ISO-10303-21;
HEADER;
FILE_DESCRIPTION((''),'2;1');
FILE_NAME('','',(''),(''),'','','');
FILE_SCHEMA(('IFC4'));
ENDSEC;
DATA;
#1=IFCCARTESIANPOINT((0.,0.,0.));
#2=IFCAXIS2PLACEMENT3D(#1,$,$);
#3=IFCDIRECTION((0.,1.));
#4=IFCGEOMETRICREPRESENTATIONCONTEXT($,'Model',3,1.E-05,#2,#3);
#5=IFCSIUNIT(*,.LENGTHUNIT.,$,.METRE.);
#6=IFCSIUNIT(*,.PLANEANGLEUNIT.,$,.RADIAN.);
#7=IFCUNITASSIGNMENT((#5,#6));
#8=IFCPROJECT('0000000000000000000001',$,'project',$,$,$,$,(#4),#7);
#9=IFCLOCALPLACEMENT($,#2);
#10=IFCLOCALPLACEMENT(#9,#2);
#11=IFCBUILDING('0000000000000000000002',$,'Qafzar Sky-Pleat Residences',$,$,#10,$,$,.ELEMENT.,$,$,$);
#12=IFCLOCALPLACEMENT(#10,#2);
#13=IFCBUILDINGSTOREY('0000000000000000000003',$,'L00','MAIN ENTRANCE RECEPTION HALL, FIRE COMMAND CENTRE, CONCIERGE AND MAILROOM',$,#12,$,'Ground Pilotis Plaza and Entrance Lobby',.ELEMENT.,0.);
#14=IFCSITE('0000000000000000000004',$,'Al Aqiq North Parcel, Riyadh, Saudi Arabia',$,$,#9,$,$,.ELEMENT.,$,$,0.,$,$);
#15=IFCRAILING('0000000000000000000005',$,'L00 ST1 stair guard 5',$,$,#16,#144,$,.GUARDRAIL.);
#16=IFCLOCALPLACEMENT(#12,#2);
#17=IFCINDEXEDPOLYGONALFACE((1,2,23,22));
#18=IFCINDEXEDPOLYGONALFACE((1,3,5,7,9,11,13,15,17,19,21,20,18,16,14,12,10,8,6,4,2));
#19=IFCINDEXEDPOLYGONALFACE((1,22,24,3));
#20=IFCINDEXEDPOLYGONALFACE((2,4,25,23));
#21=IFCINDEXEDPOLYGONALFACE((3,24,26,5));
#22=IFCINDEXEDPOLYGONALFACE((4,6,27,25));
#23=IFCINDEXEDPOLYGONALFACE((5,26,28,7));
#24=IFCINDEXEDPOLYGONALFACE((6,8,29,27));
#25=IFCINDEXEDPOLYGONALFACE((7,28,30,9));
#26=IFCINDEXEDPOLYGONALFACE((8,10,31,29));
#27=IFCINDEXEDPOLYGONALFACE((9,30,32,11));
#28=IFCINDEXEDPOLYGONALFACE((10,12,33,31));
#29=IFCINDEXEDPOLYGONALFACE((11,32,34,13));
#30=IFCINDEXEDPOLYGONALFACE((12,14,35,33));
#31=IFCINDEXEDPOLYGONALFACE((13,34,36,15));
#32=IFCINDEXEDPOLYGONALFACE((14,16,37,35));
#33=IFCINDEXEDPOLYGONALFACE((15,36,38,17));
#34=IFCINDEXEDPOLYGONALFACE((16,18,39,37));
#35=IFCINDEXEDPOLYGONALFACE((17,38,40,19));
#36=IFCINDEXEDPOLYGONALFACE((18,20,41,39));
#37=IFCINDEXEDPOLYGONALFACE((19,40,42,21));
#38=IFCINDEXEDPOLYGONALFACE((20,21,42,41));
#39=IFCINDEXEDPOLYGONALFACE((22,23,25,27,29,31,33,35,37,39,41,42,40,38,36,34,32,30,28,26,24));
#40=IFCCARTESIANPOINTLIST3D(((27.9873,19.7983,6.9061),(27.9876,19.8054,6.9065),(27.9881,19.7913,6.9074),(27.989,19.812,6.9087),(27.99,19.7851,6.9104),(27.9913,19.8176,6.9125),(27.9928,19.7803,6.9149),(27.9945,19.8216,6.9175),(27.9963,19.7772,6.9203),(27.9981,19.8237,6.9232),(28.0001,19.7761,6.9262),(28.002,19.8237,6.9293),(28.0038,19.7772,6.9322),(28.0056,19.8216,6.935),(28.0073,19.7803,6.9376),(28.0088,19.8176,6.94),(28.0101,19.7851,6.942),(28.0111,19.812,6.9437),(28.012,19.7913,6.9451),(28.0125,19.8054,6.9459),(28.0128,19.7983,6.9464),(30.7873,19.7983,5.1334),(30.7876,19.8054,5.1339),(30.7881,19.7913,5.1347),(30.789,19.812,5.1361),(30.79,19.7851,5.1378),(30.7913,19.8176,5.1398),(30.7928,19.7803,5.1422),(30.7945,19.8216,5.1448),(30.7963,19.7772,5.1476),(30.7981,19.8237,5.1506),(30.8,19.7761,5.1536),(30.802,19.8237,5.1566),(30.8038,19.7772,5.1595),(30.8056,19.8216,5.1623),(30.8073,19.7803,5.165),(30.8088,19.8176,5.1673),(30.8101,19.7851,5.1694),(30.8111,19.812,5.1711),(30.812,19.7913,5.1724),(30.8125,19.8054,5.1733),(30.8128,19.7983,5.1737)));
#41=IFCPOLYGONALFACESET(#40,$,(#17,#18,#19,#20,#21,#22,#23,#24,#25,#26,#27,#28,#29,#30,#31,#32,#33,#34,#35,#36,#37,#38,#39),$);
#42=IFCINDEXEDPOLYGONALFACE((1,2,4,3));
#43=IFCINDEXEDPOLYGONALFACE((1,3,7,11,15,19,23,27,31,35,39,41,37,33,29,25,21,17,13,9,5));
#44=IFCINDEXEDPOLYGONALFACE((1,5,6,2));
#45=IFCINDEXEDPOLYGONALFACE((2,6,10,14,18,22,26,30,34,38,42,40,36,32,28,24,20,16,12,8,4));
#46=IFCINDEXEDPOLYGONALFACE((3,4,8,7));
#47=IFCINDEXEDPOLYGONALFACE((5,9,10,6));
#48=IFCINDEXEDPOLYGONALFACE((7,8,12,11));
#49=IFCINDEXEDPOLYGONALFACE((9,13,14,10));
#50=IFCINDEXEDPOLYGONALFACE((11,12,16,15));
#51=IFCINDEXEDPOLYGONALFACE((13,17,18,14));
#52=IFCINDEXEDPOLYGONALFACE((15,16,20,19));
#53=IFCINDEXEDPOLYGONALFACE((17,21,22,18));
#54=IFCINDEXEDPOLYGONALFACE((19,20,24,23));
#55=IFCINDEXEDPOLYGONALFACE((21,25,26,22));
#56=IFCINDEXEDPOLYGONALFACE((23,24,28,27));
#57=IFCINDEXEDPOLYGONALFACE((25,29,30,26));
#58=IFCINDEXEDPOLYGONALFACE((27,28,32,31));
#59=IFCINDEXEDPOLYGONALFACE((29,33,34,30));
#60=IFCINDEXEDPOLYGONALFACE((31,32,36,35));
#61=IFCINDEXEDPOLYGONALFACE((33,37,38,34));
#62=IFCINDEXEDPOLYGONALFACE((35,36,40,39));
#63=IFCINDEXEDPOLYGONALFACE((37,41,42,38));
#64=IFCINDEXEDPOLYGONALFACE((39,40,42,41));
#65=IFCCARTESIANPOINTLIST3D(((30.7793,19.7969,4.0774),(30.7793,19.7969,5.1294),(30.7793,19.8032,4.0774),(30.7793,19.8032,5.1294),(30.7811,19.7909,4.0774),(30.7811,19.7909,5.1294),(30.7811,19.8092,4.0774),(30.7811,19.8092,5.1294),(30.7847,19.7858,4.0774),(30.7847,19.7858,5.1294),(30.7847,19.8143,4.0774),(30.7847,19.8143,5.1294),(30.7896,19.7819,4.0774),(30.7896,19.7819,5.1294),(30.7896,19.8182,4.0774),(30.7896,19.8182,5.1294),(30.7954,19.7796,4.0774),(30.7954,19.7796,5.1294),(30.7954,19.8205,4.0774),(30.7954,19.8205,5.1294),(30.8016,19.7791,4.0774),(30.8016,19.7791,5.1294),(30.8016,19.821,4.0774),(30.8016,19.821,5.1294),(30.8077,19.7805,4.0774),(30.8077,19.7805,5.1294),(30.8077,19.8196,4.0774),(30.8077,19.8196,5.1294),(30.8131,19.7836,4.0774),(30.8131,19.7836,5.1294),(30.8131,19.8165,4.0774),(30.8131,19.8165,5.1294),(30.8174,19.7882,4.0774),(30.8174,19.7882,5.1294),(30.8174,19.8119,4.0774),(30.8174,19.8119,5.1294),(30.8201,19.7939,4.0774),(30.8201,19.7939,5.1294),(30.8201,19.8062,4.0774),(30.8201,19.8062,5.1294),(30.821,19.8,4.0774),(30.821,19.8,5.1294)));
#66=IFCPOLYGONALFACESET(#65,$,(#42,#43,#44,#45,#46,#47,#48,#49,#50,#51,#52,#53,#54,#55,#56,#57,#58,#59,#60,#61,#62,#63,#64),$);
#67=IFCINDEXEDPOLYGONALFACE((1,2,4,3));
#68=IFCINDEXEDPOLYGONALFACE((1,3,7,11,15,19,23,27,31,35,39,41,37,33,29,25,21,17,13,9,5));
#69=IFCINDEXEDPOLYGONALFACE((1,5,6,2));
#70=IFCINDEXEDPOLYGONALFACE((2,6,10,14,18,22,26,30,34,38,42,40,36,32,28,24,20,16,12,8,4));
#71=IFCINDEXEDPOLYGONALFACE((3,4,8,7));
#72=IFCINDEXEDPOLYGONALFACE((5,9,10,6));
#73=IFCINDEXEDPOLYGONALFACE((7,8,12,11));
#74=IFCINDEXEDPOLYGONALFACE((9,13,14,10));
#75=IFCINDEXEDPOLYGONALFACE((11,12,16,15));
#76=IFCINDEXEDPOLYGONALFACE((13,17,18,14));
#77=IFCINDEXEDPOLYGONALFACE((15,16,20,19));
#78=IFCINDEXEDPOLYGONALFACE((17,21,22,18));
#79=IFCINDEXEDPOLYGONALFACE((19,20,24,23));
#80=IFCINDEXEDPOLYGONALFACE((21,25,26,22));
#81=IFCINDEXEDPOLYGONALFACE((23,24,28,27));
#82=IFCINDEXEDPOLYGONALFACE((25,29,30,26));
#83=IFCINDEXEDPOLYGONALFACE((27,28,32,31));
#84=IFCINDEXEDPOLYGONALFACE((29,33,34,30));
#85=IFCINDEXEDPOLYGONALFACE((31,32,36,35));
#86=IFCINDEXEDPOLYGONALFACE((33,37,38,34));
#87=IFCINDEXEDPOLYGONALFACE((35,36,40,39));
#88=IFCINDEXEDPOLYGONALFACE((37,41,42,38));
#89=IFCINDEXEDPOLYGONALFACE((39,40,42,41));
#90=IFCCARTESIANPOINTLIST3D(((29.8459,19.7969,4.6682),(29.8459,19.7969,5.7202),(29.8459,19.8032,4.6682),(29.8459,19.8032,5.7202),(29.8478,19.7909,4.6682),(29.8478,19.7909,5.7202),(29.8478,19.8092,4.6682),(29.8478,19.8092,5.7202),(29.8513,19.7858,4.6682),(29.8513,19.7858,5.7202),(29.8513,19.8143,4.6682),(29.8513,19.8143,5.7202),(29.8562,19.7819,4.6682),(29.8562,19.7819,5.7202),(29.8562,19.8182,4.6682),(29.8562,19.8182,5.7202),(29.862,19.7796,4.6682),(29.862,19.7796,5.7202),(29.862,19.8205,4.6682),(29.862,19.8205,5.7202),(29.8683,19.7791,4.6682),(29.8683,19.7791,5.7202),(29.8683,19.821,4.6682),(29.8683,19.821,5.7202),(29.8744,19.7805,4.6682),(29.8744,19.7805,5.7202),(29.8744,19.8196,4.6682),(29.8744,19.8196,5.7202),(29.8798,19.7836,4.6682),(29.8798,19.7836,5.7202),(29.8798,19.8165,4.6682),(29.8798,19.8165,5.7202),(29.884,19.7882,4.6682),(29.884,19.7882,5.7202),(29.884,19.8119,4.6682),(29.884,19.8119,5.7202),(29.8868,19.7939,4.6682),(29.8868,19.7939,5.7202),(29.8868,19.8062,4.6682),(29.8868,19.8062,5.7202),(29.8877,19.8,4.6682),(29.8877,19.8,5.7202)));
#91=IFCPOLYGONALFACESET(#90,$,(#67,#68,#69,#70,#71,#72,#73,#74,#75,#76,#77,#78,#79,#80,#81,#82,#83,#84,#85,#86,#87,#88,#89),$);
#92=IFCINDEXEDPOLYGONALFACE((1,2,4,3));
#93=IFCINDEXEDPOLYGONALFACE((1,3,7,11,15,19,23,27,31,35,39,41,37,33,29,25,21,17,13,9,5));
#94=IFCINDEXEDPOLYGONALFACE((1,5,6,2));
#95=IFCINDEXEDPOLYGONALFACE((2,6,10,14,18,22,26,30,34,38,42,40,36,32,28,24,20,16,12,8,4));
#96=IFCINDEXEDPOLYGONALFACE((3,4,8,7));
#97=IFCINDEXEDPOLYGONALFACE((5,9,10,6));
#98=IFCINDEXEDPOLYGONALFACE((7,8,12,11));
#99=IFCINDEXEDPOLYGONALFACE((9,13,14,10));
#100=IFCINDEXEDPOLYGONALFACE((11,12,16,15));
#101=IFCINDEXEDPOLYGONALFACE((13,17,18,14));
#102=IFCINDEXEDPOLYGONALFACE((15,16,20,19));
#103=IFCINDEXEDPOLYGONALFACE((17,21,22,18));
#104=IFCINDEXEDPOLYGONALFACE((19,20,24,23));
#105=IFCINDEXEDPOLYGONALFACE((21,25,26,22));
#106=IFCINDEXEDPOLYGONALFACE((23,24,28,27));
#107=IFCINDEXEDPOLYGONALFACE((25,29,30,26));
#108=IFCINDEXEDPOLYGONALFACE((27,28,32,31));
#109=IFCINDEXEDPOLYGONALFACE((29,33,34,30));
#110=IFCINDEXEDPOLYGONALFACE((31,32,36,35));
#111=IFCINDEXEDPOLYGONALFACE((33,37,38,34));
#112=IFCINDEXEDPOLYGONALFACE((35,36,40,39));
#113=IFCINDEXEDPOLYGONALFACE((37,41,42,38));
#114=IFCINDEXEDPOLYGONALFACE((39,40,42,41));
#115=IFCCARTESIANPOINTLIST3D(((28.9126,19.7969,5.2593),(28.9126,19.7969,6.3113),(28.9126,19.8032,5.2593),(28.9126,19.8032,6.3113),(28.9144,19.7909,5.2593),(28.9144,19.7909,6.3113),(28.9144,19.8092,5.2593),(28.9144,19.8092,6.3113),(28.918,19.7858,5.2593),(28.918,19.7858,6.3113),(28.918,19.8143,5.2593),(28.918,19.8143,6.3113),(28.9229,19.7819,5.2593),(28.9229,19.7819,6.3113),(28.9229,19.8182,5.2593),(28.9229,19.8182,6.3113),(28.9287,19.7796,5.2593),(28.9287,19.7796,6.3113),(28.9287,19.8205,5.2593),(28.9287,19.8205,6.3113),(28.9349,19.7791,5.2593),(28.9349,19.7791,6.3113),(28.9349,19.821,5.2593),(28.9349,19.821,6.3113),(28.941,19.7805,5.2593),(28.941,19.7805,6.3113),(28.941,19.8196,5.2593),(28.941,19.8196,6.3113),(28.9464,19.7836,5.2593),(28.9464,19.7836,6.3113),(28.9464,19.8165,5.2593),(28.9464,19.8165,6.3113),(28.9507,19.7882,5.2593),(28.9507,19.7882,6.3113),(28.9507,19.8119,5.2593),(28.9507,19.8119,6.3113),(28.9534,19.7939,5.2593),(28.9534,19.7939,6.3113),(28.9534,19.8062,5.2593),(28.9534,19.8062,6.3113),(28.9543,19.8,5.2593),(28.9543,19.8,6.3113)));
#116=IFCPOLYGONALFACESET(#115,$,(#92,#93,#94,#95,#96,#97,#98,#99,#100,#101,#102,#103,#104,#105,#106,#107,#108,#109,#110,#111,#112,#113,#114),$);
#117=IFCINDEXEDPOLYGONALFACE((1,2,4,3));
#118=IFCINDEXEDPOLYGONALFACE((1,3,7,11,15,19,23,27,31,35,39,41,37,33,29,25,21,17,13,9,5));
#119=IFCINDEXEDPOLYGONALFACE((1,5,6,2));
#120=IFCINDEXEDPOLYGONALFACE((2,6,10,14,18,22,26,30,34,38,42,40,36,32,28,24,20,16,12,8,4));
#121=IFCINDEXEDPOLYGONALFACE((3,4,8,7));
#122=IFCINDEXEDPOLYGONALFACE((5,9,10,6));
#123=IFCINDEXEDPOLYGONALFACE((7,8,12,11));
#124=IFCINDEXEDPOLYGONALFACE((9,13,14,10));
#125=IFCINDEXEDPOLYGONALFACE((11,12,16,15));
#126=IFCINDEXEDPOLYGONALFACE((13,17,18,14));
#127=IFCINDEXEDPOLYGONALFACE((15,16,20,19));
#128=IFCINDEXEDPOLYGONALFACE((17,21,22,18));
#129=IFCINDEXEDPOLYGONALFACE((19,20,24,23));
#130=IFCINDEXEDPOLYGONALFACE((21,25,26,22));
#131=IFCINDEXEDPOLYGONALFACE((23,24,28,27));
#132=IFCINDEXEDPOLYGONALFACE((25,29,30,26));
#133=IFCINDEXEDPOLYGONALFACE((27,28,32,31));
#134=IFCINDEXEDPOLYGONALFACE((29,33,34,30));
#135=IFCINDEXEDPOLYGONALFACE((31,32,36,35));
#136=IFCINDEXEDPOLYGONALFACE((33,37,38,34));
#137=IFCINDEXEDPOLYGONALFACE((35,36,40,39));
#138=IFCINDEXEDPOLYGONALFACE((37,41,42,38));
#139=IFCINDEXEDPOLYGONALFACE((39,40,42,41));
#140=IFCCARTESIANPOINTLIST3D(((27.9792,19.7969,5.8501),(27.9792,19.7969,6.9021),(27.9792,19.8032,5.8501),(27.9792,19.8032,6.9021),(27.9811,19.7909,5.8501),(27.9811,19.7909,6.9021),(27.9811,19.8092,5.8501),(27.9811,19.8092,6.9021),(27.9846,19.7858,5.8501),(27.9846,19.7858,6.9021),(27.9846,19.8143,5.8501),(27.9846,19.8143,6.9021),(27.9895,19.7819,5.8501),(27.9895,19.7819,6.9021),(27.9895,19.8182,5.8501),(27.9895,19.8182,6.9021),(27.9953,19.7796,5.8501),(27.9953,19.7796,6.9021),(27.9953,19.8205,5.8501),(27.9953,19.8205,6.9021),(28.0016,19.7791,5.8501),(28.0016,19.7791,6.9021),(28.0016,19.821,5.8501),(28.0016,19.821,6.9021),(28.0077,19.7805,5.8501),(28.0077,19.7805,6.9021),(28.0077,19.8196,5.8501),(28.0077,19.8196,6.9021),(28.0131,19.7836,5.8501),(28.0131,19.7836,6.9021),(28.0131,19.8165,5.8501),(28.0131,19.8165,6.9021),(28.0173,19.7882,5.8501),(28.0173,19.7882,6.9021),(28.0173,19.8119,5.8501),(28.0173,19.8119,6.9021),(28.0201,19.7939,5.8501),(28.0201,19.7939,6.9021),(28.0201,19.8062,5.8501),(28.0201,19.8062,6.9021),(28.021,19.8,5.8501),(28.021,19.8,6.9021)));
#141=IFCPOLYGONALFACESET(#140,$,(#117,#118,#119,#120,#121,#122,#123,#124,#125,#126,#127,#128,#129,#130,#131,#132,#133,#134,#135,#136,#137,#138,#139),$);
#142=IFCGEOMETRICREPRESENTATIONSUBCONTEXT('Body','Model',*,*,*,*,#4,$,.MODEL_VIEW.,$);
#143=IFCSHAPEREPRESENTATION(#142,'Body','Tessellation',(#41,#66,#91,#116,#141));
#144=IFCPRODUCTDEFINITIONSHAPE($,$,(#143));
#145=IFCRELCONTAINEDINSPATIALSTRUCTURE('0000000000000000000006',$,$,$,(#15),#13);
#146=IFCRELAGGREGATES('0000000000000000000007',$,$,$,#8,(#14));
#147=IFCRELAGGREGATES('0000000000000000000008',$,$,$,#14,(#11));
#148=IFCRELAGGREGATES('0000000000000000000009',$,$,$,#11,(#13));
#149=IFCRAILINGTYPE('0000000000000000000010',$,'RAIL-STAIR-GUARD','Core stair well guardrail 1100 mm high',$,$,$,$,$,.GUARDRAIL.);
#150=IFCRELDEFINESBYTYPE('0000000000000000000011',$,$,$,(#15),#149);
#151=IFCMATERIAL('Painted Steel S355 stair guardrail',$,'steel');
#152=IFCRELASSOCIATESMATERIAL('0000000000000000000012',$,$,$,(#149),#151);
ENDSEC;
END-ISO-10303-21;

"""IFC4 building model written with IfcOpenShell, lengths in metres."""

from ifc_helpers import new_model, si_unit, direction, frame, origin, origin_2d, place, context, subcontext, project, spatial, circle, extrude, source, transform, mapped, material, type_object, element, save


model = new_model("IFC4")

# Units and contexts
model_context = context("Model", 3, precision=1e-05, world=origin(), true_north=direction((0.0, 1.0)))
body_context = subcontext(model_context, "Body", "Model", "MODEL_VIEW")
ifc_project = project(units=[si_unit("LENGTHUNIT", "METRE"), si_unit("PLANEANGLEUNIT", "RADIAN")], contexts=[model_context])

# Site, building, storey
site_placement = place(None, origin())
site = spatial("IfcSite", under=ifc_project, at=site_placement, Name="Al Aqiq North Parcel, Riyadh, Saudi Arabia", CompositionType="ELEMENT", RefElevation=0.0)
building_placement = place(site_placement, origin())
building = spatial("IfcBuilding", under=site, at=building_placement, Name="Qafzar Sky-Pleat Residences", CompositionType="ELEMENT")
storey_placement = place(building_placement, origin())
storey = spatial("IfcBuildingStorey", under=building, at=storey_placement, Name="L00", Description="MAIN ENTRANCE RECEPTION HALL, FIRE COMMAND CENTRE, CONCIERGE AND MAILROOM", LongName="Ground Pilotis Plaza and Entrance Lobby", CompositionType="ELEMENT", Elevation=0.0)

# Railing
ifc_material_1 = material(Name="Painted Steel S355 stair guardrail", Category="steel")
railing_type_1 = type_object("IfcRailingType", Name="RAIL-STAIR-GUARD", Description="Core stair well guardrail 1100 mm high", PredefinedType="GUARDRAIL", material=ifc_material_1)
shared_shape_1 = source(origin(), body_context, "Body", "SweptSolid", [
    extrude(circle(Radius=0.0239, at=origin_2d()), frame((0.0, 0.0, 1.0762), z_axis=(-0.844909, 0.0, 0.53491), x_axis=(0.0, -1.0, 0.0)), (0.0, 0.0, 1.0), 3.314),
    extrude(circle(Radius=0.021, at=origin_2d()), origin(), (0.0, 0.0, 1.0), 1.052),
    extrude(circle(Radius=0.021, at=origin_2d()), frame((-0.9333, 0.0, 0.5908)), (0.0, 0.0, 1.0), 1.052),
    extrude(circle(Radius=0.021, at=origin_2d()), frame((-1.8667, 0.0, 1.1819)), (0.0, 0.0, 1.0), 1.052),
    extrude(circle(Radius=0.021, at=origin_2d()), frame((-2.8, 0.0, 1.7727)), (0.0, 0.0, 1.0), 1.052),
])
for number, where, name in (
    (1, (30.8, 19.8, 4.0774), "L00 ST1 stair guard 5"),
):
    element("IfcRailing", number, at=place(storey_placement, frame(where)), inside=storey, type_object=railing_type_1, Name=name, PredefinedType="GUARDRAIL", context=body_context, shape_type="MappedRepresentation", body=[
        mapped(shared_shape_1, transform((0.0, 0.0, 0.0), x_axis=(1.0, 0.0, 0.0), y_axis=(0.0, 1.0, 0.0), z_axis=(0.0, 0.0, 1.0), scale=1.0)),
    ])

save(model, "model.ifc")
